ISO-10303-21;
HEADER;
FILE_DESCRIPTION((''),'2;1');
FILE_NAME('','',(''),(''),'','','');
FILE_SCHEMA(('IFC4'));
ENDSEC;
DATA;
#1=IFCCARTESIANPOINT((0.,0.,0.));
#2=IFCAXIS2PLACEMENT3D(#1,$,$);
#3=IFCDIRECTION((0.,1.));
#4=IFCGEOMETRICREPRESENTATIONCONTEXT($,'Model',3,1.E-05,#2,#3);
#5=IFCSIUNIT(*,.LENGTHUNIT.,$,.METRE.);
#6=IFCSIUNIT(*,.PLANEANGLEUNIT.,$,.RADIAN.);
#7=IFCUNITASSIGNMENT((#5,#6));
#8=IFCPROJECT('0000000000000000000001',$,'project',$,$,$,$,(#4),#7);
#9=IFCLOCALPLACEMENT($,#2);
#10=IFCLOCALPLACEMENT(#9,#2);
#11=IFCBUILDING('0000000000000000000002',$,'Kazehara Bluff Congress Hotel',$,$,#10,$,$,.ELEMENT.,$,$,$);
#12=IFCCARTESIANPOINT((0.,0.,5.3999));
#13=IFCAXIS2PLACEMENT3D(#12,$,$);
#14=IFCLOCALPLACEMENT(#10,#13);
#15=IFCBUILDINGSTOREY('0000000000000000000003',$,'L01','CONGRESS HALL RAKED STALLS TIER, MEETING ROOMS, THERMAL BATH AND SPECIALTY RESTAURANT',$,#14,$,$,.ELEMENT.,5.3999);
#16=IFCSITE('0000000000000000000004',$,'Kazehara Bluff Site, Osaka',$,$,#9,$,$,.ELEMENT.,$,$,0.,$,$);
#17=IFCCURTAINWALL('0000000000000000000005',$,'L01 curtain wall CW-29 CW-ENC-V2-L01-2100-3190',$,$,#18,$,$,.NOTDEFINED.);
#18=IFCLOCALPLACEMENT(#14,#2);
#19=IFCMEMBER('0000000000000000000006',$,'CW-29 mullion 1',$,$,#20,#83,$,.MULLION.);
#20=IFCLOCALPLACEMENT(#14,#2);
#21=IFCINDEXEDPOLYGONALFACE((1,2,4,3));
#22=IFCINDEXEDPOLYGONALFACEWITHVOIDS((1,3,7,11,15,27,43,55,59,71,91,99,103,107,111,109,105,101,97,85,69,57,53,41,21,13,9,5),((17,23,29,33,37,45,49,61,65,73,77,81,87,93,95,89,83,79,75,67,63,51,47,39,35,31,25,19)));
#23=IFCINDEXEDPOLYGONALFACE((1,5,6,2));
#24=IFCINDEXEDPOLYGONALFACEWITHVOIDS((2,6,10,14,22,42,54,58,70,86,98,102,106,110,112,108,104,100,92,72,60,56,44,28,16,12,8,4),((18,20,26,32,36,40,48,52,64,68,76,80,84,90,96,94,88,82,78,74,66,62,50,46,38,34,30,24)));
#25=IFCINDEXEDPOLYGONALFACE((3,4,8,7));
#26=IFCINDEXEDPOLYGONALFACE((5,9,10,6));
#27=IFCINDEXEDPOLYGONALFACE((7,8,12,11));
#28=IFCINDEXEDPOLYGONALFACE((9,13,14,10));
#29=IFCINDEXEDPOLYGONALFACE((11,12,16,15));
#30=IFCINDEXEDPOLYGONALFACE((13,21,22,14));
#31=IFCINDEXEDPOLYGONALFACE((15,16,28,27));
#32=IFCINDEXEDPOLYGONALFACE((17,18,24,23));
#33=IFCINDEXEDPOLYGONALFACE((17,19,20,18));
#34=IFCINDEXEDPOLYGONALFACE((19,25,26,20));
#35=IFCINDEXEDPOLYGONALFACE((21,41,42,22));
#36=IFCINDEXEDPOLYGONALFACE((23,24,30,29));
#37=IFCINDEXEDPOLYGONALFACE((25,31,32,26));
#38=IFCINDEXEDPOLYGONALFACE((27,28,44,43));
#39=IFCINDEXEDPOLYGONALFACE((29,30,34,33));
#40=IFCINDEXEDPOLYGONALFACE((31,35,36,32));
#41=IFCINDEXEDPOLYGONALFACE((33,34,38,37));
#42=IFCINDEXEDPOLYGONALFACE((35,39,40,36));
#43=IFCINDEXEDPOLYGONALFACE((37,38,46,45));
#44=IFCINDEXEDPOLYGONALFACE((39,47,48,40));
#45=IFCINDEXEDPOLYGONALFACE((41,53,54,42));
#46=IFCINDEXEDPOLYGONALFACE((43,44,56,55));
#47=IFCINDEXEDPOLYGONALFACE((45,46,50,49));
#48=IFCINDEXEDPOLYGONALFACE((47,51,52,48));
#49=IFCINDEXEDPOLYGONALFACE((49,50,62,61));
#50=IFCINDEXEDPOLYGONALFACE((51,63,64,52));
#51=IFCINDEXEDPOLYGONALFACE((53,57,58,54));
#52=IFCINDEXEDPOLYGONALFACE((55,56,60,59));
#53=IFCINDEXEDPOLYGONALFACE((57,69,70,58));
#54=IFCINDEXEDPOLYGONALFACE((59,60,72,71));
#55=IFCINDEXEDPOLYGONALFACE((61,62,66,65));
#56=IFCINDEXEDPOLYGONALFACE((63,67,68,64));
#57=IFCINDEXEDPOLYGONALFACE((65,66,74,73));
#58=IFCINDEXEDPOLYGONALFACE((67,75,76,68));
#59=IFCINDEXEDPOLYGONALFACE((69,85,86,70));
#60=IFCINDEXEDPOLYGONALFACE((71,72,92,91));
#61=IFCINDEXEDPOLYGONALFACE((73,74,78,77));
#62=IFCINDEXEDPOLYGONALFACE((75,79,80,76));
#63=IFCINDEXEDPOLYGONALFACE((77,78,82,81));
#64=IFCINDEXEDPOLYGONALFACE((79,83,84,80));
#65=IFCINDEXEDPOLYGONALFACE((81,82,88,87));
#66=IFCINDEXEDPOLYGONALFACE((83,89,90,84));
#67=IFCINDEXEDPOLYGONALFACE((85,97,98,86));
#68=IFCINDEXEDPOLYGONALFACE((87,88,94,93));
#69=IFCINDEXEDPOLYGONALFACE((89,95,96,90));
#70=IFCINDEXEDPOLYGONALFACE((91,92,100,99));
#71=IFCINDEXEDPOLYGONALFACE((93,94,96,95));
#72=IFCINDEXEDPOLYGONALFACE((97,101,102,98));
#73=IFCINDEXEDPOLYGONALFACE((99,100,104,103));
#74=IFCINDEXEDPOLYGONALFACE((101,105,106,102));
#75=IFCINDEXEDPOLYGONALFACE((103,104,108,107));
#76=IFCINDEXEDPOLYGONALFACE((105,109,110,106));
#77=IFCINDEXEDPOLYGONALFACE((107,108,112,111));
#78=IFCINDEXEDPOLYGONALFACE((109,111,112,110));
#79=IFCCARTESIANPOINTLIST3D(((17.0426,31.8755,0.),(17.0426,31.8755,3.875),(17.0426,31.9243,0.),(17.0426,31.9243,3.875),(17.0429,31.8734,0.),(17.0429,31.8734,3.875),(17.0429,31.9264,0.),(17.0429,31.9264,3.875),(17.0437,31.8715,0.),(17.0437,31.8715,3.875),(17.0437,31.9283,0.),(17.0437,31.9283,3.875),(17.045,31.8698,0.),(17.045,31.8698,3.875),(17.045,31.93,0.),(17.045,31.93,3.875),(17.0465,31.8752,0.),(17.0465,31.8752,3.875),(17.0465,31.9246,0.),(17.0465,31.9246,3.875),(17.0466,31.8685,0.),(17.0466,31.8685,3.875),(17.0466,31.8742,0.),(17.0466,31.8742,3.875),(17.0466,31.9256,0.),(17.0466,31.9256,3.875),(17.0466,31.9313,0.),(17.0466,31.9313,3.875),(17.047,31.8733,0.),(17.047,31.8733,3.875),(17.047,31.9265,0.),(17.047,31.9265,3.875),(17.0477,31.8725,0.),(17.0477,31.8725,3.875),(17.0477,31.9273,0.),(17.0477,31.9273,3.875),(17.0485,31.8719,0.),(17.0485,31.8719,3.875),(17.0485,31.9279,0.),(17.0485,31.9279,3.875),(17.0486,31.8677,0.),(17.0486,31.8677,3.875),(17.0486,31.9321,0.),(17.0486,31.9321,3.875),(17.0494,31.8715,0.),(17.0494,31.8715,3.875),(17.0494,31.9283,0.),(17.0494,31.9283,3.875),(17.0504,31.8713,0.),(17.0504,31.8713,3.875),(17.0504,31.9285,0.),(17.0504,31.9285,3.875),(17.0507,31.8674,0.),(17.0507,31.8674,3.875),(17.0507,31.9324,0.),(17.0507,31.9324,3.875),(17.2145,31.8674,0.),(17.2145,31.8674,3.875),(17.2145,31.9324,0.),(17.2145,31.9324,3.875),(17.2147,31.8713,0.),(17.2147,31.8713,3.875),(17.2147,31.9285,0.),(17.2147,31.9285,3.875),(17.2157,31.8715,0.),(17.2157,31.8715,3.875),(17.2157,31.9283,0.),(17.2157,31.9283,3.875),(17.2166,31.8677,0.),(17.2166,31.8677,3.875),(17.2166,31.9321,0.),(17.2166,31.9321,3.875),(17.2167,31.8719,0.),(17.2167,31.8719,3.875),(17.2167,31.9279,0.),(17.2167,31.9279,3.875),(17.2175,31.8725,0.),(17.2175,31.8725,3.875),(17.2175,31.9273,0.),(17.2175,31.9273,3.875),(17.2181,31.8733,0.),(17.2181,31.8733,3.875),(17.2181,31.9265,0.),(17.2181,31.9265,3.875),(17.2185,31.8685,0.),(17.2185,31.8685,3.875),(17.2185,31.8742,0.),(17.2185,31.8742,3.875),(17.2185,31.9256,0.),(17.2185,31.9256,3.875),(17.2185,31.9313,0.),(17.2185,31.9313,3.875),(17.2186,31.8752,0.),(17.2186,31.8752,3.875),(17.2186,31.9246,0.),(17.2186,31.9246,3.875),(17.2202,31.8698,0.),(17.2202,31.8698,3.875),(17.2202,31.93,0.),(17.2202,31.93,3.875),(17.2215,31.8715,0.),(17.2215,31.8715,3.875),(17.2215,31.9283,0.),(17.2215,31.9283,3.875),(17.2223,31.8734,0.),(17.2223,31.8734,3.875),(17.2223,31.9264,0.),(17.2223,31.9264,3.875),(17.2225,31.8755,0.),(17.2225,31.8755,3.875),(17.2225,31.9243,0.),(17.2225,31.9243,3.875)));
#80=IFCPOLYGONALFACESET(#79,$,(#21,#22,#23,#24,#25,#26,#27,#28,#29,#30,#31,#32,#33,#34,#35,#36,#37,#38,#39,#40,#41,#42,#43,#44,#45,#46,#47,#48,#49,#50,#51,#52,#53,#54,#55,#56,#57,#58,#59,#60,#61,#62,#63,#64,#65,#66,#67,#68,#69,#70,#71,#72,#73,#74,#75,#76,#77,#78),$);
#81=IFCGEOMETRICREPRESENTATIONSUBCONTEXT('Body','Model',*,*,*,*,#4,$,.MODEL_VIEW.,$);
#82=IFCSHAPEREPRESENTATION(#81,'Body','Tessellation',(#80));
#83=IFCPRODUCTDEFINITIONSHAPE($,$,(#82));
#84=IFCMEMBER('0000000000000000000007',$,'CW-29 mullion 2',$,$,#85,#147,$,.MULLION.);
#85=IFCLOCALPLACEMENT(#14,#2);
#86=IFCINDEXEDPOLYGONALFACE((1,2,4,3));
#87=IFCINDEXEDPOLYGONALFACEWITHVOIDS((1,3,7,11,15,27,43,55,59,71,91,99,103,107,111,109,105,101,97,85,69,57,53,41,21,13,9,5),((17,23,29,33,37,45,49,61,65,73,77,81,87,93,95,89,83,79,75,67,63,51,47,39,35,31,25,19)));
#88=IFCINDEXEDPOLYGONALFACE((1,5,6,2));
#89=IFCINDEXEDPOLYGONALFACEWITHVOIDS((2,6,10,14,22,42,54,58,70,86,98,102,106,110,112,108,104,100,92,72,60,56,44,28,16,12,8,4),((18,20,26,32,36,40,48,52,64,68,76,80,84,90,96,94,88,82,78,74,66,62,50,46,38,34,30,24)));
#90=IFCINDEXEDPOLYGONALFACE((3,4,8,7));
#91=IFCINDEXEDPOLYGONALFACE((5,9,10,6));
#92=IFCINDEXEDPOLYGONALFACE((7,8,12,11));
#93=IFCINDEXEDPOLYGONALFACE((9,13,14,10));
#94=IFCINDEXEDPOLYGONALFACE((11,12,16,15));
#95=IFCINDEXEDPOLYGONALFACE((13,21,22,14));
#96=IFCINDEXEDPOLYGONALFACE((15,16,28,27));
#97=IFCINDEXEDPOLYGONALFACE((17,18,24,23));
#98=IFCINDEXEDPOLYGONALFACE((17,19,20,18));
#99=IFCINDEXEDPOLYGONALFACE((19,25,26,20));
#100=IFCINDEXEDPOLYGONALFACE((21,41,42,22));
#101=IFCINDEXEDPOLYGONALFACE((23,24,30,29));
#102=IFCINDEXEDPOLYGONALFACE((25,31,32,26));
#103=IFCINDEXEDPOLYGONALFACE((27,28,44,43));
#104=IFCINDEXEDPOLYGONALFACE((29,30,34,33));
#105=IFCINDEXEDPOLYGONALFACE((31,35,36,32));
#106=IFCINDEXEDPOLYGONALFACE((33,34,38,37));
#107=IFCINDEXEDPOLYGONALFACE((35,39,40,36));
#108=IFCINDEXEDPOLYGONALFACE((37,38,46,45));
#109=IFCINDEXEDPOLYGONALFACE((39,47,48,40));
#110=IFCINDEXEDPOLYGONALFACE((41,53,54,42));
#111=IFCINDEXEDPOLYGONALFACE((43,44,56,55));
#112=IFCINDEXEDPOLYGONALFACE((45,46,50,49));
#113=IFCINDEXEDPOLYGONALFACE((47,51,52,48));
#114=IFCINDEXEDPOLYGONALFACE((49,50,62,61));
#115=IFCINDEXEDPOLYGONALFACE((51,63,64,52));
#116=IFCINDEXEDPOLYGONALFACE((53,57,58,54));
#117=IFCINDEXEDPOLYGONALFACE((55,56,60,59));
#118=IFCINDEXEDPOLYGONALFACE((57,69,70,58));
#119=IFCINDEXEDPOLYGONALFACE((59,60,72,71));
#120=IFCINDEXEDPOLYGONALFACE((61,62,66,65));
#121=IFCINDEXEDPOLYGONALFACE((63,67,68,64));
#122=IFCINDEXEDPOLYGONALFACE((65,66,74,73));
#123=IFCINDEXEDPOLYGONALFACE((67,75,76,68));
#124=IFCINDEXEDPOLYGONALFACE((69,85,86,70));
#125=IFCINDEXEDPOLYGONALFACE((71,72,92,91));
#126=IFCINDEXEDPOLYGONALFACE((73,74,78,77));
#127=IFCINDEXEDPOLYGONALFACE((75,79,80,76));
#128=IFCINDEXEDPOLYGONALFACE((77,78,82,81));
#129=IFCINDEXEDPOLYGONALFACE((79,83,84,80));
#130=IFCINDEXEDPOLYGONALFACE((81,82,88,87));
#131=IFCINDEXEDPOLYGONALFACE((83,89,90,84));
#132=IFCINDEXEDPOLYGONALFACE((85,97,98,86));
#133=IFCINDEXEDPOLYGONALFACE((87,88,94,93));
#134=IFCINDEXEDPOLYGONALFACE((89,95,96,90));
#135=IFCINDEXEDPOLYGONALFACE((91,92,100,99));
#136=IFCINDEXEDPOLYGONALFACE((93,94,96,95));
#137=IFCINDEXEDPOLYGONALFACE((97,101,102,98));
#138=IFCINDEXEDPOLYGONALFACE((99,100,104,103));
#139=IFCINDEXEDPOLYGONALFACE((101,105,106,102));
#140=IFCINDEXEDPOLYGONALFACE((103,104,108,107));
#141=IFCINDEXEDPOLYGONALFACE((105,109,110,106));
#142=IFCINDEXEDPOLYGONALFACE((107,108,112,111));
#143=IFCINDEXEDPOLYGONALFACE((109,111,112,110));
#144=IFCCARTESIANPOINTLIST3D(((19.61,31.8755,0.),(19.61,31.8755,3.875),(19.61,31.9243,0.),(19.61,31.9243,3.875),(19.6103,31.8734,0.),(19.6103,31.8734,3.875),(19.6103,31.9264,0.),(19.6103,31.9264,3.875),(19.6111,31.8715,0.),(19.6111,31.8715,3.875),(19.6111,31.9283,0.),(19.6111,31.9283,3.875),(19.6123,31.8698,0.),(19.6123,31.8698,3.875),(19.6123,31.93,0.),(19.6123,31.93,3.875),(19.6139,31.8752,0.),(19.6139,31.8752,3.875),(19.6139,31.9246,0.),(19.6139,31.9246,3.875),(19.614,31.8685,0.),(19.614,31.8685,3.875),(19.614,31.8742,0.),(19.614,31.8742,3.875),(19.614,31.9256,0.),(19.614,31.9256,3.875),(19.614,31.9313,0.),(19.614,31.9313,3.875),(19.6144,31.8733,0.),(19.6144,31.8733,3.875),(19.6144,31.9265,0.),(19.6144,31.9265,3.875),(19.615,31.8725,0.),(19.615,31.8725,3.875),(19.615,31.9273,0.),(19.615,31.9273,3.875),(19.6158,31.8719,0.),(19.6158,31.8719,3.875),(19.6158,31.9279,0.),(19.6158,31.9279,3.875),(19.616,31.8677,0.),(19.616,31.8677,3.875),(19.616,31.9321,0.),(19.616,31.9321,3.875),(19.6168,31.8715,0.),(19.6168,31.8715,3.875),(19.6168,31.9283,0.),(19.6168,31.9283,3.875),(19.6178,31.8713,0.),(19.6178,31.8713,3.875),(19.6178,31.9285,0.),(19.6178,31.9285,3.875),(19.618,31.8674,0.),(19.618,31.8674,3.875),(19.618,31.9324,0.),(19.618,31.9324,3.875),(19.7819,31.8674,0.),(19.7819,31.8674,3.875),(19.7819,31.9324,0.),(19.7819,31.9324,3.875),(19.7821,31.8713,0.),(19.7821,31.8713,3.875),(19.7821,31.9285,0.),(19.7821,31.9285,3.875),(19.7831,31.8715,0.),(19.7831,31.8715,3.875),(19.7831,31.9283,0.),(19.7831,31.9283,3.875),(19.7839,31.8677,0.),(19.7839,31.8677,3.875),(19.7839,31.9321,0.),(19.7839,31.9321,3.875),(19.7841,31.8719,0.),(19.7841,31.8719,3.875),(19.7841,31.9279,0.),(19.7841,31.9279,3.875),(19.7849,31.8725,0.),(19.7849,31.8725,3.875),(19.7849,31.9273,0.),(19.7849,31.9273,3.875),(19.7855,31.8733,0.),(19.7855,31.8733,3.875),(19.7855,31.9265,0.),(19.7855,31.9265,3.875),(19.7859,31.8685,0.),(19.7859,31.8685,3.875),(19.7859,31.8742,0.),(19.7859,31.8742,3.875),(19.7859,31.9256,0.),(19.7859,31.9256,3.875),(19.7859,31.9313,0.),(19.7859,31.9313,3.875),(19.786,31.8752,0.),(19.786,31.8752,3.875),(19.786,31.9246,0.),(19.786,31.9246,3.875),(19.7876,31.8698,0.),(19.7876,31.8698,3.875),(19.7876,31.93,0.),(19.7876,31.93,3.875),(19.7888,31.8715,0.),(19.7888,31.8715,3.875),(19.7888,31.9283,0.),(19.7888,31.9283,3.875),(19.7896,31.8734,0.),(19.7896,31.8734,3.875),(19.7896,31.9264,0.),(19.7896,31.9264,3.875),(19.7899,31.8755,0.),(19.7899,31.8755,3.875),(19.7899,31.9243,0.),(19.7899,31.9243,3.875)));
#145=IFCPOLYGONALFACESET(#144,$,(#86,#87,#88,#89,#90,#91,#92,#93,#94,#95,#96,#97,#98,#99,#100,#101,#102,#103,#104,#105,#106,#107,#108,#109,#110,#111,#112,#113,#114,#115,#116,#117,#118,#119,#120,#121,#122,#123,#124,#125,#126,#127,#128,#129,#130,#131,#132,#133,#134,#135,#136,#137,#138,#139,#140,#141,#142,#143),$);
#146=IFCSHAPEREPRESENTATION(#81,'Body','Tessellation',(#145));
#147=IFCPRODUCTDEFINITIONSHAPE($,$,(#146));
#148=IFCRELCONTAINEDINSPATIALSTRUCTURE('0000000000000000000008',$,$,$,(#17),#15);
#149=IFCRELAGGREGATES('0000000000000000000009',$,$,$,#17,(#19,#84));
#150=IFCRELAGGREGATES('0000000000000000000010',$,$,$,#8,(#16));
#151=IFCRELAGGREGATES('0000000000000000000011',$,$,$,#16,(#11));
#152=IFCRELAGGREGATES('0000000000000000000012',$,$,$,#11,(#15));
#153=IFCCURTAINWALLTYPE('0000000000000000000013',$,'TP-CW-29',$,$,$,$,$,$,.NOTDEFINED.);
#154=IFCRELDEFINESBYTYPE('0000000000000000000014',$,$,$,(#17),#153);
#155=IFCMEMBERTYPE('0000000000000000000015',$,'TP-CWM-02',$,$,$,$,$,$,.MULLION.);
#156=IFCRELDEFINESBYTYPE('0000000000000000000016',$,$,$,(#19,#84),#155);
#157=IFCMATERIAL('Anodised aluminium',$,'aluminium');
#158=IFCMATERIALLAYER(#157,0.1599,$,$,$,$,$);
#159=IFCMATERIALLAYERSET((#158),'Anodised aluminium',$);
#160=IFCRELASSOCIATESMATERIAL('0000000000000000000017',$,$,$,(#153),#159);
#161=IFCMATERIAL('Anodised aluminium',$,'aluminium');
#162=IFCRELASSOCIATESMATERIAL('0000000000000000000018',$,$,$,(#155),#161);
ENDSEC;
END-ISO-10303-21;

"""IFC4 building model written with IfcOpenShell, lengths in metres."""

from ifc_helpers import new_model, si_unit, direction, frame, origin, origin_2d, place, context, subcontext, project, spatial, hollow_rectangle, extrude, material, layer, layer_set, material_profile, profile_set, type_object, element, aggregate, save


model = new_model("IFC4")

# Units and contexts
model_context = context("Model", 3, precision=1e-05, world=origin(), true_north=direction((0.0, 1.0)))
body_context = subcontext(model_context, "Body", "Model", "MODEL_VIEW")
ifc_project = project(units=[si_unit("LENGTHUNIT", "METRE"), si_unit("PLANEANGLEUNIT", "RADIAN")], contexts=[model_context])

# Site, building, storey
site_placement = place(None, origin())
site = spatial("IfcSite", under=ifc_project, at=site_placement, Name="Kazehara Bluff Site, Osaka", CompositionType="ELEMENT", RefElevation=0.0)
building_placement = place(site_placement, origin())
building = spatial("IfcBuilding", under=site, at=building_placement, Name="Kazehara Bluff Congress Hotel", CompositionType="ELEMENT")
storey_placement = place(building_placement, frame((0.0, 0.0, 5.3999)))
storey = spatial("IfcBuildingStorey", under=building, at=storey_placement, Name="L01", Description="CONGRESS HALL RAKED STALLS TIER, MEETING ROOMS, THERMAL BATH AND SPECIALTY RESTAURANT", CompositionType="ELEMENT", Elevation=5.3999)

# Curtain wall, members
ifc_material_1 = material(Name="Anodised aluminium", Category="aluminium")
ifc_layer_1 = layer(ifc_material_1, 0.1599)
ifc_layer_set_1 = layer_set([ifc_layer_1], Name="Anodised aluminium")
curtain_wall_type = type_object("IfcCurtainWallType", Name="TP-CW-29", PredefinedType="NOTDEFINED", material=ifc_layer_set_1)
curtain_wall_placement = place(storey_placement, origin())
curtain_wall = element("IfcCurtainWall", 1, at=curtain_wall_placement, inside=storey, type_object=curtain_wall_type, Name="L01 curtain wall CW-29 CW-ENC-V2-L01-2100-3190", PredefinedType="NOTDEFINED")
ifc_material_2 = material(Name="Anodised aluminium", Category="aluminium")
ifc_material_profile_1 = material_profile(ifc_material_2, hollow_rectangle(XDim=0.0649, YDim=0.1799, WallThickness=0.0039, InnerFilletRadius=0.0039, OuterFilletRadius=0.0081, at=origin_2d()))
ifc_profile_set_1 = profile_set([ifc_material_profile_1], Name="Anodised aluminium")
member_type_1 = type_object("IfcMemberType", Name="TP-CWM-02", PredefinedType="MULLION", material=ifc_profile_set_1)
member_1_placement = place(storey_placement, frame((17.1326, 31.8999, 0.0), z_axis=(0.0, 0.0, 1.0), x_axis=(0.0, 1.0, 0.0)))
member_1 = element("IfcMember", 2, at=member_1_placement, type_object=member_type_1, Name="CW-29 mullion 1", PredefinedType="MULLION", context=body_context, shape_type="SweptSolid", body=[
    extrude(hollow_rectangle(XDim=0.0649, YDim=0.1799, WallThickness=0.0039, InnerFilletRadius=0.0039, OuterFilletRadius=0.0081, at=origin_2d()), origin(), (0.0, 0.0, 1.0), 3.875),
])
member_2_placement = place(storey_placement, frame((19.7, 31.8999, 0.0), z_axis=(0.0, 0.0, 1.0), x_axis=(0.0, 1.0, 0.0)))
member_2 = element("IfcMember", 3, at=member_2_placement, type_object=member_type_1, Name="CW-29 mullion 2", PredefinedType="MULLION", context=body_context, shape_type="SweptSolid", body=[
    extrude(hollow_rectangle(XDim=0.0649, YDim=0.1799, WallThickness=0.0039, InnerFilletRadius=0.0039, OuterFilletRadius=0.0081, at=origin_2d()), origin(), (0.0, 0.0, 1.0), 3.875),
])

aggregate(curtain_wall, [member_1, member_2])

save(model, "model.ifc")
